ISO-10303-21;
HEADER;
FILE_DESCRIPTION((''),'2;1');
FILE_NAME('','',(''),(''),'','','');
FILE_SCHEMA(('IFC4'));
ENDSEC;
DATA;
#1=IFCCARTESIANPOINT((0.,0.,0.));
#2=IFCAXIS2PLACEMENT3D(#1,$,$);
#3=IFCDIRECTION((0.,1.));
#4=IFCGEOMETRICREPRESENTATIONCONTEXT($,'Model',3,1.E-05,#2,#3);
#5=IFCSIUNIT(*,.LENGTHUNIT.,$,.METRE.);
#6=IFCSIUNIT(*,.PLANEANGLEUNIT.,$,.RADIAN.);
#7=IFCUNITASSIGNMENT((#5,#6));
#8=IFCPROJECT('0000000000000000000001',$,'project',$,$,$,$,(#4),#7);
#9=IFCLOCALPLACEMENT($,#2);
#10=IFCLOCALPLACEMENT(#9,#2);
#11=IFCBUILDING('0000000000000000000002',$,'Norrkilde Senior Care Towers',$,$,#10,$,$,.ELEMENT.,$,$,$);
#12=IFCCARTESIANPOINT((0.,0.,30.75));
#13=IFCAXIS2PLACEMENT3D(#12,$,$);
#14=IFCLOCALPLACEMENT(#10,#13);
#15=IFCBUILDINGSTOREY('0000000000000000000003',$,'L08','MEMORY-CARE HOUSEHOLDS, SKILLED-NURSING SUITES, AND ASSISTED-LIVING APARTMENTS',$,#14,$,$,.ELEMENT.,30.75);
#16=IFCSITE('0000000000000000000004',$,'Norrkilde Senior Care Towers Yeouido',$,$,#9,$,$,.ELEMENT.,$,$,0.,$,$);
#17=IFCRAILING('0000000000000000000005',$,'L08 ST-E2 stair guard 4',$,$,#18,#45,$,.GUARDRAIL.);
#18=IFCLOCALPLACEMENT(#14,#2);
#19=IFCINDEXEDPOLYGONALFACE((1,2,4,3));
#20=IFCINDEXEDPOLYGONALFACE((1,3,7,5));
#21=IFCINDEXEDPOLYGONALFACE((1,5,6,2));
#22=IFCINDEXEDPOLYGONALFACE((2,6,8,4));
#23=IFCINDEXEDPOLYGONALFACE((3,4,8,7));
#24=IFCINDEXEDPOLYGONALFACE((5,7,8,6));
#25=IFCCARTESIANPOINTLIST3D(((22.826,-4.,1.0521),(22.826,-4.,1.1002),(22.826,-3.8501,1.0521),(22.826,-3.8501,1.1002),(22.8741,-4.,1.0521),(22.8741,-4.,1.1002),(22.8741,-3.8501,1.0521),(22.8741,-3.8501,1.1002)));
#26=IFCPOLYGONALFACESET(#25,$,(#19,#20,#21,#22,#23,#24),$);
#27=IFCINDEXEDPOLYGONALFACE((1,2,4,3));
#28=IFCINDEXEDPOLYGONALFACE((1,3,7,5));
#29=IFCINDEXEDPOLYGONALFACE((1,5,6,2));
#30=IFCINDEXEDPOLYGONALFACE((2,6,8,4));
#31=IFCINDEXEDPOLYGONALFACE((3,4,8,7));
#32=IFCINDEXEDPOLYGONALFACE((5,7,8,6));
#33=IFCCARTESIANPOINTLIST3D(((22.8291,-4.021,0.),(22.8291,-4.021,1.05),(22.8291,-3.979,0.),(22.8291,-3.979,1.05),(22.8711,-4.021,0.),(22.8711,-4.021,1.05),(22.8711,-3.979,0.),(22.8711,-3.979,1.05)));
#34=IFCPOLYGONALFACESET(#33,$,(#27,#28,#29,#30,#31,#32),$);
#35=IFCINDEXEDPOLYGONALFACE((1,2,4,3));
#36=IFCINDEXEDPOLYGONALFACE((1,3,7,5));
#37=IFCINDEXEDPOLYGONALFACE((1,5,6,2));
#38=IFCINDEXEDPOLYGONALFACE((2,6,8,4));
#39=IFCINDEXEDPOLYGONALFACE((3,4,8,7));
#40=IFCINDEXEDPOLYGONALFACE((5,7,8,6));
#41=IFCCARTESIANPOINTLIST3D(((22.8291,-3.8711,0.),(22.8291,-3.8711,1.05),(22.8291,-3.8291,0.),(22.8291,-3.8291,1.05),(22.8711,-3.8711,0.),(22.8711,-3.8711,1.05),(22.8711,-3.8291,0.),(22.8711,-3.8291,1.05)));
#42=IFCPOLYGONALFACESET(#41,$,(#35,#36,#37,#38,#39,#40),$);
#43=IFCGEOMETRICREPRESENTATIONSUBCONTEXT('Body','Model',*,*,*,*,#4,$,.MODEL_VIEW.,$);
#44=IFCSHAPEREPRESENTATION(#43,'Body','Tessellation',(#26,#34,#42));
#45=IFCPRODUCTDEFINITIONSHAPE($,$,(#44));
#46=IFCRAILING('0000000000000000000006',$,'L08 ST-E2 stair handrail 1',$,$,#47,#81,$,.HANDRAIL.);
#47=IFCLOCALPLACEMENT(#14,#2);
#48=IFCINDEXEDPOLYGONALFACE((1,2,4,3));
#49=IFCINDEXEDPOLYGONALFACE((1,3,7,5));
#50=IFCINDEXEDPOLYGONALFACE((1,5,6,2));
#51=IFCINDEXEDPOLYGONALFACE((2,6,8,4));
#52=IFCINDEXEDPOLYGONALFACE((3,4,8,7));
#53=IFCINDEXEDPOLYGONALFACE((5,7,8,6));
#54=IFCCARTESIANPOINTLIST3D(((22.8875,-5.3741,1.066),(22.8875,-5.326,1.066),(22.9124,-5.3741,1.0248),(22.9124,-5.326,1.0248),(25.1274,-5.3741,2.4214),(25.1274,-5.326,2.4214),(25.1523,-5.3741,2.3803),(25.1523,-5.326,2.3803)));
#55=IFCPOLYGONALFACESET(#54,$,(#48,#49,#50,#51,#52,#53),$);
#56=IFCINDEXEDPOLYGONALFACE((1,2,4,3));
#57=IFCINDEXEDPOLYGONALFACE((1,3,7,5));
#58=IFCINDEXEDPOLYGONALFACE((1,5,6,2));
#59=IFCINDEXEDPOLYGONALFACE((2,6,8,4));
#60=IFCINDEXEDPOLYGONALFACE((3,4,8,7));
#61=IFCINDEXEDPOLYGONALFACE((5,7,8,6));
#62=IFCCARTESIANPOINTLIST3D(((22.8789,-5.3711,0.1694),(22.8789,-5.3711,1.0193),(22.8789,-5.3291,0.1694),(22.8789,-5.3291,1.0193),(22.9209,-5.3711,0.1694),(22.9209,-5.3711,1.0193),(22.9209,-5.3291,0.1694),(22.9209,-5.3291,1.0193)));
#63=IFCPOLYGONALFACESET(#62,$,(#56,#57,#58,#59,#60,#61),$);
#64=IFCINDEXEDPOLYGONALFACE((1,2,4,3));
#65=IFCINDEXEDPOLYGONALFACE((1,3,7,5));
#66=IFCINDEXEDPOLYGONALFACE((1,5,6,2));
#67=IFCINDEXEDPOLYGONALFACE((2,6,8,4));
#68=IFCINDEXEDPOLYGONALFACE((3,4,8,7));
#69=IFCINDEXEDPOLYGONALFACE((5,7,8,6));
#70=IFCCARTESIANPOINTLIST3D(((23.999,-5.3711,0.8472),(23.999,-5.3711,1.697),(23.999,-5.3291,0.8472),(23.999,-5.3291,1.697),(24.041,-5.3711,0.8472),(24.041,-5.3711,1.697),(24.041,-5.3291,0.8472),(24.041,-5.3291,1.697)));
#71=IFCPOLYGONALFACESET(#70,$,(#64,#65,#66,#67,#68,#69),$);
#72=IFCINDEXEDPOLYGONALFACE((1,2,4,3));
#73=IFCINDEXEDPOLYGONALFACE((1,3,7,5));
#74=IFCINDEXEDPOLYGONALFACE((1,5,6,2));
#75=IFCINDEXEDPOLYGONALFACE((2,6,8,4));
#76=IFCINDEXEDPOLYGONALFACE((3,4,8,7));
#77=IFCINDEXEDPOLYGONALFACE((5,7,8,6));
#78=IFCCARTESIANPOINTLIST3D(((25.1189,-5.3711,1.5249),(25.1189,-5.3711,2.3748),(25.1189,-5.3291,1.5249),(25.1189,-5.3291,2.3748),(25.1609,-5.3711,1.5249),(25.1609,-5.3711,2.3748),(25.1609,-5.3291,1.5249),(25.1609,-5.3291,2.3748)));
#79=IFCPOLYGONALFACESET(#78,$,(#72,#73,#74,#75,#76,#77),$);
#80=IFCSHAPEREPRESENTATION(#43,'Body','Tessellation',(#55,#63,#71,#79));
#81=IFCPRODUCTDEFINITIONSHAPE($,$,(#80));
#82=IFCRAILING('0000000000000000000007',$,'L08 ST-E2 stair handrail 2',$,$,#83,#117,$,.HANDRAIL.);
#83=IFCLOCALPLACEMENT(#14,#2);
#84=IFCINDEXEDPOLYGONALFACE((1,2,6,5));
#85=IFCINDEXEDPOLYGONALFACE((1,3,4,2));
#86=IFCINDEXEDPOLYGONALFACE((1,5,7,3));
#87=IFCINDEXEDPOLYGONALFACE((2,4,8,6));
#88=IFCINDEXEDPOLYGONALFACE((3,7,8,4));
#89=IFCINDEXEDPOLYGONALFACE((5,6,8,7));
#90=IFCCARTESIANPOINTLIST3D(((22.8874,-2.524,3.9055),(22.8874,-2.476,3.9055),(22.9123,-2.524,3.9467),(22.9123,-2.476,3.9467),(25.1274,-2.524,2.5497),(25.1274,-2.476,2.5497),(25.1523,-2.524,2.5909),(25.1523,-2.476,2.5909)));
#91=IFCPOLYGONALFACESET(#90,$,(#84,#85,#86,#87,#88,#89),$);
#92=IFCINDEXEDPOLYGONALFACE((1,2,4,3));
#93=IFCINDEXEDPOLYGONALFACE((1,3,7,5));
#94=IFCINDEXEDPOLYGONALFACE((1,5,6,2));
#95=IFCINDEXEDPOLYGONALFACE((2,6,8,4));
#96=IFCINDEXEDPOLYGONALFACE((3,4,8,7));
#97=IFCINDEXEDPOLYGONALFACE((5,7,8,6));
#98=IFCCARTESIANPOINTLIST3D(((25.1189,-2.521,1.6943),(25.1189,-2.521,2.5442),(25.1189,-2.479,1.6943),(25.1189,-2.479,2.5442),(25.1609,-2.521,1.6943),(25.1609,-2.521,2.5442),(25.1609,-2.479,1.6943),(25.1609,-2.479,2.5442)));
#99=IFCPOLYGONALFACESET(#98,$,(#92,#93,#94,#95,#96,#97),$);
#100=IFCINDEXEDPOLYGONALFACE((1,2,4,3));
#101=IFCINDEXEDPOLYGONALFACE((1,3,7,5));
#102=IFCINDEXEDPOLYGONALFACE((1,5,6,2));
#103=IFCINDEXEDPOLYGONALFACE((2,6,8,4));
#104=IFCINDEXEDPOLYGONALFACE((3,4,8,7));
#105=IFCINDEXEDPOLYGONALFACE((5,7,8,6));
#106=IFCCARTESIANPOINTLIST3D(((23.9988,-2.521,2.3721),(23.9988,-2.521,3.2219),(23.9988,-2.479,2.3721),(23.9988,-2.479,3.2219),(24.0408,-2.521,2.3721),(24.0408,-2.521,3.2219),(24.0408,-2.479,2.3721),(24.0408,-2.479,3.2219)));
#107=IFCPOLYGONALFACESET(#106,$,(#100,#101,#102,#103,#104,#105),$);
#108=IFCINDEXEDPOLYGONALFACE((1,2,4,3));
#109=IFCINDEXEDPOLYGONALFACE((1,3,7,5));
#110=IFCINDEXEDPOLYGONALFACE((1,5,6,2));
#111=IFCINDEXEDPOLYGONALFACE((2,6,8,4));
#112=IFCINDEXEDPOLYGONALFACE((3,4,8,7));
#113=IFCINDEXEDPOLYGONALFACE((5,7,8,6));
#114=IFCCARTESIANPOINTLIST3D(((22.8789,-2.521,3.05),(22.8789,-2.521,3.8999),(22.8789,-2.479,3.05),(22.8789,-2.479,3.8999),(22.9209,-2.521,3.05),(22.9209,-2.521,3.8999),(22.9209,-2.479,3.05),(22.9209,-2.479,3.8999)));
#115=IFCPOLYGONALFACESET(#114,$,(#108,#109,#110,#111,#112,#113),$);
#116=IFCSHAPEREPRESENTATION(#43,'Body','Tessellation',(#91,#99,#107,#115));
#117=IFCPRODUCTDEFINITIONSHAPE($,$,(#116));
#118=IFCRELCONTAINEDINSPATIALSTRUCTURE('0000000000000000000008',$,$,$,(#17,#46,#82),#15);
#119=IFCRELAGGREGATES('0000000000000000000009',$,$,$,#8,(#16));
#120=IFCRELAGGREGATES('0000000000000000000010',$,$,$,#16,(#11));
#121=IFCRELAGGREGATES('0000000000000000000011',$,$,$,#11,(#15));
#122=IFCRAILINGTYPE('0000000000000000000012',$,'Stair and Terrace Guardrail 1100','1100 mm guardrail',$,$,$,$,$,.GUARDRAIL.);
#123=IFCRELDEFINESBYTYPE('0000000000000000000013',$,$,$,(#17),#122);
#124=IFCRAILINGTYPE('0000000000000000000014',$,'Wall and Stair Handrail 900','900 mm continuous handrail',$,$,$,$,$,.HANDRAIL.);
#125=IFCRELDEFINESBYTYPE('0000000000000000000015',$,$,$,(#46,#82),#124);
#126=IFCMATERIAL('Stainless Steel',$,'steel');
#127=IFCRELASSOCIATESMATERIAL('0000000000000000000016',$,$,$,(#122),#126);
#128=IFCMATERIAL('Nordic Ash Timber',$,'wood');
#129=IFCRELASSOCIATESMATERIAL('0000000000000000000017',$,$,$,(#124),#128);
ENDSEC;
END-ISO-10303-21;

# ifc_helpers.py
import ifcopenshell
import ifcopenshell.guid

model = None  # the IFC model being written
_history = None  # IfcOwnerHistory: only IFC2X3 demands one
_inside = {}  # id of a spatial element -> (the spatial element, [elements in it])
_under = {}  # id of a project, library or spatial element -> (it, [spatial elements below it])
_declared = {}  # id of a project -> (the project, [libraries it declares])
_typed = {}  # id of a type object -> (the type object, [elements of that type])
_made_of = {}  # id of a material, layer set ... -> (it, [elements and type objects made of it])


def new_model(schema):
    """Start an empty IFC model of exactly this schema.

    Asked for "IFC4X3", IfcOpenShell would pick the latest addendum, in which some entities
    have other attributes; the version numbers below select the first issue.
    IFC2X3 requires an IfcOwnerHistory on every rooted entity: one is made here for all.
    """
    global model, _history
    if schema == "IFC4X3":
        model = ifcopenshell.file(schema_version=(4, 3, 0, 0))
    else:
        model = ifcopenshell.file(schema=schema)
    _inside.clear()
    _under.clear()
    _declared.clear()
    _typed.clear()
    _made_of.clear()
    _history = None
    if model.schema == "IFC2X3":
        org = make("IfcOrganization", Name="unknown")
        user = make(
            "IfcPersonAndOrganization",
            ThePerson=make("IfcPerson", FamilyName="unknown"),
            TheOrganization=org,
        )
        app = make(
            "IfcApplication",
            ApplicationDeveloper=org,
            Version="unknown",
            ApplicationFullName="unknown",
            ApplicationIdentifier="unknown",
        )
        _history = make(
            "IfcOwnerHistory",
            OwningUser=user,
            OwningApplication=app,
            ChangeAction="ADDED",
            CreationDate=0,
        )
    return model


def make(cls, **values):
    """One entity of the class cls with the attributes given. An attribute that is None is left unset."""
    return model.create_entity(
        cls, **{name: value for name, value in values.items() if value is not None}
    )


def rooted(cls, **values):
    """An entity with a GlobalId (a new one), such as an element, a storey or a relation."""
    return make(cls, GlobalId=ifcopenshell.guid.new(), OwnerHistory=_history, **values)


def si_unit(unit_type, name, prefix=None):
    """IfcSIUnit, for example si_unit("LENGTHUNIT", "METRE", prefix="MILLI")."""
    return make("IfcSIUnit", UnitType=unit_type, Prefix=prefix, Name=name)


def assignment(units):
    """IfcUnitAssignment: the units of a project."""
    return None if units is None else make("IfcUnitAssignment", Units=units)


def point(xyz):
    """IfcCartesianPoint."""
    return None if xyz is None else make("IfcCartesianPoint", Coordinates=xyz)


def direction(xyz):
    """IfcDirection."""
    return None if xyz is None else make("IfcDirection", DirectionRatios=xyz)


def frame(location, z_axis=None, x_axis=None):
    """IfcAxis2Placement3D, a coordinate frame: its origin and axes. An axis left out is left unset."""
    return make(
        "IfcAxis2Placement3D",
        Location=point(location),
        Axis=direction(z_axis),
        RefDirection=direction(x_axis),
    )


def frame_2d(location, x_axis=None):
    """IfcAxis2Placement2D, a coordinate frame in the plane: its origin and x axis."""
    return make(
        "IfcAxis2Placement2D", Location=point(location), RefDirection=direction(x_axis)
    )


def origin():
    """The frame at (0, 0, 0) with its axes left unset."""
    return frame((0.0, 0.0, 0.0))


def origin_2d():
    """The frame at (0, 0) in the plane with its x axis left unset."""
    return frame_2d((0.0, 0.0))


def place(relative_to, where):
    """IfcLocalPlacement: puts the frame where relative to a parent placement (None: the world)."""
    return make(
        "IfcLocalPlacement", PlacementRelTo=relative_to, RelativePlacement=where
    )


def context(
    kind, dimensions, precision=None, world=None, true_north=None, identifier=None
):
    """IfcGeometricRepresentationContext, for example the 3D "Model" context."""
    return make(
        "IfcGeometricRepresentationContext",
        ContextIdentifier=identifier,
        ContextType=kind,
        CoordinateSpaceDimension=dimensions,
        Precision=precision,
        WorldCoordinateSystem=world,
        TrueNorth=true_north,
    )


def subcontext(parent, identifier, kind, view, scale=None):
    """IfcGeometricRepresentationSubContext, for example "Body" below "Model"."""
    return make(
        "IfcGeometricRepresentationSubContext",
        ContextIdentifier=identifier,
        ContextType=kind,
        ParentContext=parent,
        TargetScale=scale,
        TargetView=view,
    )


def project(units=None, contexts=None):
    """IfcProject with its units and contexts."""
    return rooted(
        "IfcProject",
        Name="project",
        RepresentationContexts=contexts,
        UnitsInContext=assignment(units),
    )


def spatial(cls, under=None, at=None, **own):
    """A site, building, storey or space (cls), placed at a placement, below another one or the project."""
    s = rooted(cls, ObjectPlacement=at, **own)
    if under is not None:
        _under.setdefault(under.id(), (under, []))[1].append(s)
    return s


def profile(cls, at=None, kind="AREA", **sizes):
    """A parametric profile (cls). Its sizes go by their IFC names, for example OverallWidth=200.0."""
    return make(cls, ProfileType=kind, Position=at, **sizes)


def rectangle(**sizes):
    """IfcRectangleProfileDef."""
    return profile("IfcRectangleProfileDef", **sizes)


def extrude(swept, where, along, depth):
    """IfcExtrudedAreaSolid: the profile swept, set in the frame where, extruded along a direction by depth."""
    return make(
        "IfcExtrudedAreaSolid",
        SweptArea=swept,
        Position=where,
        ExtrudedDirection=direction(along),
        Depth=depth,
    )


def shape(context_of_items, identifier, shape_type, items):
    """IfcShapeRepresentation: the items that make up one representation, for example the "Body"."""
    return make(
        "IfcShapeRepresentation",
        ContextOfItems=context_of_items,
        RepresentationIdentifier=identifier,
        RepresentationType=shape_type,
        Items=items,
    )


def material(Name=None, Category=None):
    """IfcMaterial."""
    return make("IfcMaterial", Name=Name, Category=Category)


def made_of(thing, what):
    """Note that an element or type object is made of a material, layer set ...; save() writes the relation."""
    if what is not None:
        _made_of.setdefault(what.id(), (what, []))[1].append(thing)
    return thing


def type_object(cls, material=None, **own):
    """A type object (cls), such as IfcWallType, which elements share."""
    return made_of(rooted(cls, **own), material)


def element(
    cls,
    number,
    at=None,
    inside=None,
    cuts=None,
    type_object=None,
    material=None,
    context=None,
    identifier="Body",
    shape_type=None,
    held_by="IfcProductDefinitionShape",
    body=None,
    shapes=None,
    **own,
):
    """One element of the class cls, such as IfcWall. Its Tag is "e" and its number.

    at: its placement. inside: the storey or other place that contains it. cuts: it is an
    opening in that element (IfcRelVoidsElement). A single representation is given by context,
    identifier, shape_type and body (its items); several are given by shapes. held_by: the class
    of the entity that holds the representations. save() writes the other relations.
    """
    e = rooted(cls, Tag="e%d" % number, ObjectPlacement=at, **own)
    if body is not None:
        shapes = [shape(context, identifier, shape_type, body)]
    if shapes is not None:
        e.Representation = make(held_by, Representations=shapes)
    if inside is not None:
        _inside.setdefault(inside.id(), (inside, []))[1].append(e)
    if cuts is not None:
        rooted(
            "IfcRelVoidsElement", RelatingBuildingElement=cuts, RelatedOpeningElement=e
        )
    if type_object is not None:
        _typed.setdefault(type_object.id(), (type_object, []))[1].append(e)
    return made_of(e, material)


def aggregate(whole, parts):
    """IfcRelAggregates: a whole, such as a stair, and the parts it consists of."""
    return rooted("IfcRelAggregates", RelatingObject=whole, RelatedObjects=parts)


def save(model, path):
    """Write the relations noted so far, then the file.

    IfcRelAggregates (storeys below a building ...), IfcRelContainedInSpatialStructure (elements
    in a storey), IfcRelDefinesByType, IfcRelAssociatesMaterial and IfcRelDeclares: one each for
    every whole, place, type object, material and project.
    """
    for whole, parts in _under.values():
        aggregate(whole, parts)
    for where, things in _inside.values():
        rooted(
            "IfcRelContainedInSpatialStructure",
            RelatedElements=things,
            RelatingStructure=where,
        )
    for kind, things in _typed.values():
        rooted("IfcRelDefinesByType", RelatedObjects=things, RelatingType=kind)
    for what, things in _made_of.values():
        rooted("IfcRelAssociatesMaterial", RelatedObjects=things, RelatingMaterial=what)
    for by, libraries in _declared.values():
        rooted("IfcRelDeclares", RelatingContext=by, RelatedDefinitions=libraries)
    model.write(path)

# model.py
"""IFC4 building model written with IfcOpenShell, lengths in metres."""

from ifc_helpers import new_model, si_unit, direction, frame, origin, origin_2d, place, context, subcontext, project, spatial, rectangle, extrude, material, type_object, element, save


model = new_model("IFC4")

# Units and contexts
model_context = context("Model", 3, precision=1e-05, world=origin(), true_north=direction((0.0, 1.0)))
body_context = subcontext(model_context, "Body", "Model", "MODEL_VIEW")
ifc_project = project(units=[si_unit("LENGTHUNIT", "METRE"), si_unit("PLANEANGLEUNIT", "RADIAN")], contexts=[model_context])

# Site, building, storey
site_placement = place(None, origin())
site = spatial("IfcSite", under=ifc_project, at=site_placement, Name="Norrkilde Senior Care Towers Yeouido", CompositionType="ELEMENT", RefElevation=0.0)
building_placement = place(site_placement, origin())
building = spatial("IfcBuilding", under=site, at=building_placement, Name="Norrkilde Senior Care Towers", CompositionType="ELEMENT")
storey_placement = place(building_placement, frame((0.0, 0.0, 30.75)))
storey = spatial("IfcBuildingStorey", under=building, at=storey_placement, Name="L08", Description="MEMORY-CARE HOUSEHOLDS, SKILLED-NURSING SUITES, AND ASSISTED-LIVING APARTMENTS", CompositionType="ELEMENT", Elevation=30.75)

# Shared definitions
ifc_material_1 = material(Name="Nordic Ash Timber", Category="wood")

# Railings
ifc_material_2 = material(Name="Stainless Steel", Category="steel")
railing_type_1 = type_object("IfcRailingType", Name="Stair and Terrace Guardrail 1100", Description="1100 mm guardrail", PredefinedType="GUARDRAIL", material=ifc_material_2)
railing_1_placement = place(storey_placement, frame((22.8501, -4.0, 0.0)))
element("IfcRailing", 1, at=railing_1_placement, inside=storey, type_object=railing_type_1, Name="L08 ST-E2 stair guard 4", PredefinedType="GUARDRAIL", context=body_context, shape_type="SweptSolid", body=[
    extrude(rectangle(XDim=0.0481, YDim=0.0481, at=origin_2d()), frame((0.0, 0.0, 1.0762), z_axis=(0.0, 1.0, 0.0), x_axis=(-1.0, 0.0, 0.0)), (0.0, 0.0, 1.0), 0.1499),
    extrude(rectangle(XDim=0.042, YDim=0.042, at=origin_2d()), origin(), (0.0, 0.0, 1.0), 1.05),
    extrude(rectangle(XDim=0.042, YDim=0.042, at=origin_2d()), frame((0.0, 0.1499, 0.0)), (0.0, 0.0, 1.0), 1.05),
])
railing_type_2 = type_object("IfcRailingType", Name="Wall and Stair Handrail 900", Description="900 mm continuous handrail", PredefinedType="HANDRAIL", material=ifc_material_1)
railing_2_placement = place(storey_placement, frame((22.8999, -5.3501, 0.1694)))
element("IfcRailing", 2, at=railing_2_placement, inside=storey, type_object=railing_type_2, Name="L08 ST-E2 stair handrail 1", PredefinedType="HANDRAIL", context=body_context, shape_type="SweptSolid", body=[
    extrude(rectangle(XDim=0.0481, YDim=0.0481, at=origin_2d()), frame((0.0, 0.0, 0.876), z_axis=(0.855553, 0.0, 0.517715), x_axis=(0.0, 1.0, 0.0)), (0.0, 0.0, 1.0), 2.6182),
    extrude(rectangle(XDim=0.042, YDim=0.042, at=origin_2d()), origin(), (0.0, 0.0, 1.0), 0.8499),
    extrude(rectangle(XDim=0.042, YDim=0.042, at=origin_2d()), frame((1.1201, 0.0, 0.6777)), (0.0, 0.0, 1.0), 0.8499),
    extrude(rectangle(XDim=0.042, YDim=0.042, at=origin_2d()), frame((2.24, 0.0, 1.3555)), (0.0, 0.0, 1.0), 0.8499),
])
railing_3_placement = place(storey_placement, frame((25.1399, -2.5, 1.6943)))
element("IfcRailing", 3, at=railing_3_placement, inside=storey, type_object=railing_type_2, Name="L08 ST-E2 stair handrail 2", PredefinedType="HANDRAIL", context=body_context, shape_type="SweptSolid", body=[
    extrude(rectangle(XDim=0.0481, YDim=0.0481, at=origin_2d()), frame((0.0, 0.0, 0.876), z_axis=(-0.855512, 0.0, 0.517783), x_axis=(0.0, -1.0, 0.0)), (0.0, 0.0, 1.0), 2.6184),
    extrude(rectangle(XDim=0.042, YDim=0.042, at=origin_2d()), origin(), (0.0, 0.0, 1.0), 0.8499),
    extrude(rectangle(XDim=0.042, YDim=0.042, at=origin_2d()), frame((-1.1201, 0.0, 0.6777)), (0.0, 0.0, 1.0), 0.8499),
    extrude(rectangle(XDim=0.042, YDim=0.042, at=origin_2d()), frame((-2.24, 0.0, 1.3557)), (0.0, 0.0, 1.0), 0.8499),
])

save(model, "model.ifc")
